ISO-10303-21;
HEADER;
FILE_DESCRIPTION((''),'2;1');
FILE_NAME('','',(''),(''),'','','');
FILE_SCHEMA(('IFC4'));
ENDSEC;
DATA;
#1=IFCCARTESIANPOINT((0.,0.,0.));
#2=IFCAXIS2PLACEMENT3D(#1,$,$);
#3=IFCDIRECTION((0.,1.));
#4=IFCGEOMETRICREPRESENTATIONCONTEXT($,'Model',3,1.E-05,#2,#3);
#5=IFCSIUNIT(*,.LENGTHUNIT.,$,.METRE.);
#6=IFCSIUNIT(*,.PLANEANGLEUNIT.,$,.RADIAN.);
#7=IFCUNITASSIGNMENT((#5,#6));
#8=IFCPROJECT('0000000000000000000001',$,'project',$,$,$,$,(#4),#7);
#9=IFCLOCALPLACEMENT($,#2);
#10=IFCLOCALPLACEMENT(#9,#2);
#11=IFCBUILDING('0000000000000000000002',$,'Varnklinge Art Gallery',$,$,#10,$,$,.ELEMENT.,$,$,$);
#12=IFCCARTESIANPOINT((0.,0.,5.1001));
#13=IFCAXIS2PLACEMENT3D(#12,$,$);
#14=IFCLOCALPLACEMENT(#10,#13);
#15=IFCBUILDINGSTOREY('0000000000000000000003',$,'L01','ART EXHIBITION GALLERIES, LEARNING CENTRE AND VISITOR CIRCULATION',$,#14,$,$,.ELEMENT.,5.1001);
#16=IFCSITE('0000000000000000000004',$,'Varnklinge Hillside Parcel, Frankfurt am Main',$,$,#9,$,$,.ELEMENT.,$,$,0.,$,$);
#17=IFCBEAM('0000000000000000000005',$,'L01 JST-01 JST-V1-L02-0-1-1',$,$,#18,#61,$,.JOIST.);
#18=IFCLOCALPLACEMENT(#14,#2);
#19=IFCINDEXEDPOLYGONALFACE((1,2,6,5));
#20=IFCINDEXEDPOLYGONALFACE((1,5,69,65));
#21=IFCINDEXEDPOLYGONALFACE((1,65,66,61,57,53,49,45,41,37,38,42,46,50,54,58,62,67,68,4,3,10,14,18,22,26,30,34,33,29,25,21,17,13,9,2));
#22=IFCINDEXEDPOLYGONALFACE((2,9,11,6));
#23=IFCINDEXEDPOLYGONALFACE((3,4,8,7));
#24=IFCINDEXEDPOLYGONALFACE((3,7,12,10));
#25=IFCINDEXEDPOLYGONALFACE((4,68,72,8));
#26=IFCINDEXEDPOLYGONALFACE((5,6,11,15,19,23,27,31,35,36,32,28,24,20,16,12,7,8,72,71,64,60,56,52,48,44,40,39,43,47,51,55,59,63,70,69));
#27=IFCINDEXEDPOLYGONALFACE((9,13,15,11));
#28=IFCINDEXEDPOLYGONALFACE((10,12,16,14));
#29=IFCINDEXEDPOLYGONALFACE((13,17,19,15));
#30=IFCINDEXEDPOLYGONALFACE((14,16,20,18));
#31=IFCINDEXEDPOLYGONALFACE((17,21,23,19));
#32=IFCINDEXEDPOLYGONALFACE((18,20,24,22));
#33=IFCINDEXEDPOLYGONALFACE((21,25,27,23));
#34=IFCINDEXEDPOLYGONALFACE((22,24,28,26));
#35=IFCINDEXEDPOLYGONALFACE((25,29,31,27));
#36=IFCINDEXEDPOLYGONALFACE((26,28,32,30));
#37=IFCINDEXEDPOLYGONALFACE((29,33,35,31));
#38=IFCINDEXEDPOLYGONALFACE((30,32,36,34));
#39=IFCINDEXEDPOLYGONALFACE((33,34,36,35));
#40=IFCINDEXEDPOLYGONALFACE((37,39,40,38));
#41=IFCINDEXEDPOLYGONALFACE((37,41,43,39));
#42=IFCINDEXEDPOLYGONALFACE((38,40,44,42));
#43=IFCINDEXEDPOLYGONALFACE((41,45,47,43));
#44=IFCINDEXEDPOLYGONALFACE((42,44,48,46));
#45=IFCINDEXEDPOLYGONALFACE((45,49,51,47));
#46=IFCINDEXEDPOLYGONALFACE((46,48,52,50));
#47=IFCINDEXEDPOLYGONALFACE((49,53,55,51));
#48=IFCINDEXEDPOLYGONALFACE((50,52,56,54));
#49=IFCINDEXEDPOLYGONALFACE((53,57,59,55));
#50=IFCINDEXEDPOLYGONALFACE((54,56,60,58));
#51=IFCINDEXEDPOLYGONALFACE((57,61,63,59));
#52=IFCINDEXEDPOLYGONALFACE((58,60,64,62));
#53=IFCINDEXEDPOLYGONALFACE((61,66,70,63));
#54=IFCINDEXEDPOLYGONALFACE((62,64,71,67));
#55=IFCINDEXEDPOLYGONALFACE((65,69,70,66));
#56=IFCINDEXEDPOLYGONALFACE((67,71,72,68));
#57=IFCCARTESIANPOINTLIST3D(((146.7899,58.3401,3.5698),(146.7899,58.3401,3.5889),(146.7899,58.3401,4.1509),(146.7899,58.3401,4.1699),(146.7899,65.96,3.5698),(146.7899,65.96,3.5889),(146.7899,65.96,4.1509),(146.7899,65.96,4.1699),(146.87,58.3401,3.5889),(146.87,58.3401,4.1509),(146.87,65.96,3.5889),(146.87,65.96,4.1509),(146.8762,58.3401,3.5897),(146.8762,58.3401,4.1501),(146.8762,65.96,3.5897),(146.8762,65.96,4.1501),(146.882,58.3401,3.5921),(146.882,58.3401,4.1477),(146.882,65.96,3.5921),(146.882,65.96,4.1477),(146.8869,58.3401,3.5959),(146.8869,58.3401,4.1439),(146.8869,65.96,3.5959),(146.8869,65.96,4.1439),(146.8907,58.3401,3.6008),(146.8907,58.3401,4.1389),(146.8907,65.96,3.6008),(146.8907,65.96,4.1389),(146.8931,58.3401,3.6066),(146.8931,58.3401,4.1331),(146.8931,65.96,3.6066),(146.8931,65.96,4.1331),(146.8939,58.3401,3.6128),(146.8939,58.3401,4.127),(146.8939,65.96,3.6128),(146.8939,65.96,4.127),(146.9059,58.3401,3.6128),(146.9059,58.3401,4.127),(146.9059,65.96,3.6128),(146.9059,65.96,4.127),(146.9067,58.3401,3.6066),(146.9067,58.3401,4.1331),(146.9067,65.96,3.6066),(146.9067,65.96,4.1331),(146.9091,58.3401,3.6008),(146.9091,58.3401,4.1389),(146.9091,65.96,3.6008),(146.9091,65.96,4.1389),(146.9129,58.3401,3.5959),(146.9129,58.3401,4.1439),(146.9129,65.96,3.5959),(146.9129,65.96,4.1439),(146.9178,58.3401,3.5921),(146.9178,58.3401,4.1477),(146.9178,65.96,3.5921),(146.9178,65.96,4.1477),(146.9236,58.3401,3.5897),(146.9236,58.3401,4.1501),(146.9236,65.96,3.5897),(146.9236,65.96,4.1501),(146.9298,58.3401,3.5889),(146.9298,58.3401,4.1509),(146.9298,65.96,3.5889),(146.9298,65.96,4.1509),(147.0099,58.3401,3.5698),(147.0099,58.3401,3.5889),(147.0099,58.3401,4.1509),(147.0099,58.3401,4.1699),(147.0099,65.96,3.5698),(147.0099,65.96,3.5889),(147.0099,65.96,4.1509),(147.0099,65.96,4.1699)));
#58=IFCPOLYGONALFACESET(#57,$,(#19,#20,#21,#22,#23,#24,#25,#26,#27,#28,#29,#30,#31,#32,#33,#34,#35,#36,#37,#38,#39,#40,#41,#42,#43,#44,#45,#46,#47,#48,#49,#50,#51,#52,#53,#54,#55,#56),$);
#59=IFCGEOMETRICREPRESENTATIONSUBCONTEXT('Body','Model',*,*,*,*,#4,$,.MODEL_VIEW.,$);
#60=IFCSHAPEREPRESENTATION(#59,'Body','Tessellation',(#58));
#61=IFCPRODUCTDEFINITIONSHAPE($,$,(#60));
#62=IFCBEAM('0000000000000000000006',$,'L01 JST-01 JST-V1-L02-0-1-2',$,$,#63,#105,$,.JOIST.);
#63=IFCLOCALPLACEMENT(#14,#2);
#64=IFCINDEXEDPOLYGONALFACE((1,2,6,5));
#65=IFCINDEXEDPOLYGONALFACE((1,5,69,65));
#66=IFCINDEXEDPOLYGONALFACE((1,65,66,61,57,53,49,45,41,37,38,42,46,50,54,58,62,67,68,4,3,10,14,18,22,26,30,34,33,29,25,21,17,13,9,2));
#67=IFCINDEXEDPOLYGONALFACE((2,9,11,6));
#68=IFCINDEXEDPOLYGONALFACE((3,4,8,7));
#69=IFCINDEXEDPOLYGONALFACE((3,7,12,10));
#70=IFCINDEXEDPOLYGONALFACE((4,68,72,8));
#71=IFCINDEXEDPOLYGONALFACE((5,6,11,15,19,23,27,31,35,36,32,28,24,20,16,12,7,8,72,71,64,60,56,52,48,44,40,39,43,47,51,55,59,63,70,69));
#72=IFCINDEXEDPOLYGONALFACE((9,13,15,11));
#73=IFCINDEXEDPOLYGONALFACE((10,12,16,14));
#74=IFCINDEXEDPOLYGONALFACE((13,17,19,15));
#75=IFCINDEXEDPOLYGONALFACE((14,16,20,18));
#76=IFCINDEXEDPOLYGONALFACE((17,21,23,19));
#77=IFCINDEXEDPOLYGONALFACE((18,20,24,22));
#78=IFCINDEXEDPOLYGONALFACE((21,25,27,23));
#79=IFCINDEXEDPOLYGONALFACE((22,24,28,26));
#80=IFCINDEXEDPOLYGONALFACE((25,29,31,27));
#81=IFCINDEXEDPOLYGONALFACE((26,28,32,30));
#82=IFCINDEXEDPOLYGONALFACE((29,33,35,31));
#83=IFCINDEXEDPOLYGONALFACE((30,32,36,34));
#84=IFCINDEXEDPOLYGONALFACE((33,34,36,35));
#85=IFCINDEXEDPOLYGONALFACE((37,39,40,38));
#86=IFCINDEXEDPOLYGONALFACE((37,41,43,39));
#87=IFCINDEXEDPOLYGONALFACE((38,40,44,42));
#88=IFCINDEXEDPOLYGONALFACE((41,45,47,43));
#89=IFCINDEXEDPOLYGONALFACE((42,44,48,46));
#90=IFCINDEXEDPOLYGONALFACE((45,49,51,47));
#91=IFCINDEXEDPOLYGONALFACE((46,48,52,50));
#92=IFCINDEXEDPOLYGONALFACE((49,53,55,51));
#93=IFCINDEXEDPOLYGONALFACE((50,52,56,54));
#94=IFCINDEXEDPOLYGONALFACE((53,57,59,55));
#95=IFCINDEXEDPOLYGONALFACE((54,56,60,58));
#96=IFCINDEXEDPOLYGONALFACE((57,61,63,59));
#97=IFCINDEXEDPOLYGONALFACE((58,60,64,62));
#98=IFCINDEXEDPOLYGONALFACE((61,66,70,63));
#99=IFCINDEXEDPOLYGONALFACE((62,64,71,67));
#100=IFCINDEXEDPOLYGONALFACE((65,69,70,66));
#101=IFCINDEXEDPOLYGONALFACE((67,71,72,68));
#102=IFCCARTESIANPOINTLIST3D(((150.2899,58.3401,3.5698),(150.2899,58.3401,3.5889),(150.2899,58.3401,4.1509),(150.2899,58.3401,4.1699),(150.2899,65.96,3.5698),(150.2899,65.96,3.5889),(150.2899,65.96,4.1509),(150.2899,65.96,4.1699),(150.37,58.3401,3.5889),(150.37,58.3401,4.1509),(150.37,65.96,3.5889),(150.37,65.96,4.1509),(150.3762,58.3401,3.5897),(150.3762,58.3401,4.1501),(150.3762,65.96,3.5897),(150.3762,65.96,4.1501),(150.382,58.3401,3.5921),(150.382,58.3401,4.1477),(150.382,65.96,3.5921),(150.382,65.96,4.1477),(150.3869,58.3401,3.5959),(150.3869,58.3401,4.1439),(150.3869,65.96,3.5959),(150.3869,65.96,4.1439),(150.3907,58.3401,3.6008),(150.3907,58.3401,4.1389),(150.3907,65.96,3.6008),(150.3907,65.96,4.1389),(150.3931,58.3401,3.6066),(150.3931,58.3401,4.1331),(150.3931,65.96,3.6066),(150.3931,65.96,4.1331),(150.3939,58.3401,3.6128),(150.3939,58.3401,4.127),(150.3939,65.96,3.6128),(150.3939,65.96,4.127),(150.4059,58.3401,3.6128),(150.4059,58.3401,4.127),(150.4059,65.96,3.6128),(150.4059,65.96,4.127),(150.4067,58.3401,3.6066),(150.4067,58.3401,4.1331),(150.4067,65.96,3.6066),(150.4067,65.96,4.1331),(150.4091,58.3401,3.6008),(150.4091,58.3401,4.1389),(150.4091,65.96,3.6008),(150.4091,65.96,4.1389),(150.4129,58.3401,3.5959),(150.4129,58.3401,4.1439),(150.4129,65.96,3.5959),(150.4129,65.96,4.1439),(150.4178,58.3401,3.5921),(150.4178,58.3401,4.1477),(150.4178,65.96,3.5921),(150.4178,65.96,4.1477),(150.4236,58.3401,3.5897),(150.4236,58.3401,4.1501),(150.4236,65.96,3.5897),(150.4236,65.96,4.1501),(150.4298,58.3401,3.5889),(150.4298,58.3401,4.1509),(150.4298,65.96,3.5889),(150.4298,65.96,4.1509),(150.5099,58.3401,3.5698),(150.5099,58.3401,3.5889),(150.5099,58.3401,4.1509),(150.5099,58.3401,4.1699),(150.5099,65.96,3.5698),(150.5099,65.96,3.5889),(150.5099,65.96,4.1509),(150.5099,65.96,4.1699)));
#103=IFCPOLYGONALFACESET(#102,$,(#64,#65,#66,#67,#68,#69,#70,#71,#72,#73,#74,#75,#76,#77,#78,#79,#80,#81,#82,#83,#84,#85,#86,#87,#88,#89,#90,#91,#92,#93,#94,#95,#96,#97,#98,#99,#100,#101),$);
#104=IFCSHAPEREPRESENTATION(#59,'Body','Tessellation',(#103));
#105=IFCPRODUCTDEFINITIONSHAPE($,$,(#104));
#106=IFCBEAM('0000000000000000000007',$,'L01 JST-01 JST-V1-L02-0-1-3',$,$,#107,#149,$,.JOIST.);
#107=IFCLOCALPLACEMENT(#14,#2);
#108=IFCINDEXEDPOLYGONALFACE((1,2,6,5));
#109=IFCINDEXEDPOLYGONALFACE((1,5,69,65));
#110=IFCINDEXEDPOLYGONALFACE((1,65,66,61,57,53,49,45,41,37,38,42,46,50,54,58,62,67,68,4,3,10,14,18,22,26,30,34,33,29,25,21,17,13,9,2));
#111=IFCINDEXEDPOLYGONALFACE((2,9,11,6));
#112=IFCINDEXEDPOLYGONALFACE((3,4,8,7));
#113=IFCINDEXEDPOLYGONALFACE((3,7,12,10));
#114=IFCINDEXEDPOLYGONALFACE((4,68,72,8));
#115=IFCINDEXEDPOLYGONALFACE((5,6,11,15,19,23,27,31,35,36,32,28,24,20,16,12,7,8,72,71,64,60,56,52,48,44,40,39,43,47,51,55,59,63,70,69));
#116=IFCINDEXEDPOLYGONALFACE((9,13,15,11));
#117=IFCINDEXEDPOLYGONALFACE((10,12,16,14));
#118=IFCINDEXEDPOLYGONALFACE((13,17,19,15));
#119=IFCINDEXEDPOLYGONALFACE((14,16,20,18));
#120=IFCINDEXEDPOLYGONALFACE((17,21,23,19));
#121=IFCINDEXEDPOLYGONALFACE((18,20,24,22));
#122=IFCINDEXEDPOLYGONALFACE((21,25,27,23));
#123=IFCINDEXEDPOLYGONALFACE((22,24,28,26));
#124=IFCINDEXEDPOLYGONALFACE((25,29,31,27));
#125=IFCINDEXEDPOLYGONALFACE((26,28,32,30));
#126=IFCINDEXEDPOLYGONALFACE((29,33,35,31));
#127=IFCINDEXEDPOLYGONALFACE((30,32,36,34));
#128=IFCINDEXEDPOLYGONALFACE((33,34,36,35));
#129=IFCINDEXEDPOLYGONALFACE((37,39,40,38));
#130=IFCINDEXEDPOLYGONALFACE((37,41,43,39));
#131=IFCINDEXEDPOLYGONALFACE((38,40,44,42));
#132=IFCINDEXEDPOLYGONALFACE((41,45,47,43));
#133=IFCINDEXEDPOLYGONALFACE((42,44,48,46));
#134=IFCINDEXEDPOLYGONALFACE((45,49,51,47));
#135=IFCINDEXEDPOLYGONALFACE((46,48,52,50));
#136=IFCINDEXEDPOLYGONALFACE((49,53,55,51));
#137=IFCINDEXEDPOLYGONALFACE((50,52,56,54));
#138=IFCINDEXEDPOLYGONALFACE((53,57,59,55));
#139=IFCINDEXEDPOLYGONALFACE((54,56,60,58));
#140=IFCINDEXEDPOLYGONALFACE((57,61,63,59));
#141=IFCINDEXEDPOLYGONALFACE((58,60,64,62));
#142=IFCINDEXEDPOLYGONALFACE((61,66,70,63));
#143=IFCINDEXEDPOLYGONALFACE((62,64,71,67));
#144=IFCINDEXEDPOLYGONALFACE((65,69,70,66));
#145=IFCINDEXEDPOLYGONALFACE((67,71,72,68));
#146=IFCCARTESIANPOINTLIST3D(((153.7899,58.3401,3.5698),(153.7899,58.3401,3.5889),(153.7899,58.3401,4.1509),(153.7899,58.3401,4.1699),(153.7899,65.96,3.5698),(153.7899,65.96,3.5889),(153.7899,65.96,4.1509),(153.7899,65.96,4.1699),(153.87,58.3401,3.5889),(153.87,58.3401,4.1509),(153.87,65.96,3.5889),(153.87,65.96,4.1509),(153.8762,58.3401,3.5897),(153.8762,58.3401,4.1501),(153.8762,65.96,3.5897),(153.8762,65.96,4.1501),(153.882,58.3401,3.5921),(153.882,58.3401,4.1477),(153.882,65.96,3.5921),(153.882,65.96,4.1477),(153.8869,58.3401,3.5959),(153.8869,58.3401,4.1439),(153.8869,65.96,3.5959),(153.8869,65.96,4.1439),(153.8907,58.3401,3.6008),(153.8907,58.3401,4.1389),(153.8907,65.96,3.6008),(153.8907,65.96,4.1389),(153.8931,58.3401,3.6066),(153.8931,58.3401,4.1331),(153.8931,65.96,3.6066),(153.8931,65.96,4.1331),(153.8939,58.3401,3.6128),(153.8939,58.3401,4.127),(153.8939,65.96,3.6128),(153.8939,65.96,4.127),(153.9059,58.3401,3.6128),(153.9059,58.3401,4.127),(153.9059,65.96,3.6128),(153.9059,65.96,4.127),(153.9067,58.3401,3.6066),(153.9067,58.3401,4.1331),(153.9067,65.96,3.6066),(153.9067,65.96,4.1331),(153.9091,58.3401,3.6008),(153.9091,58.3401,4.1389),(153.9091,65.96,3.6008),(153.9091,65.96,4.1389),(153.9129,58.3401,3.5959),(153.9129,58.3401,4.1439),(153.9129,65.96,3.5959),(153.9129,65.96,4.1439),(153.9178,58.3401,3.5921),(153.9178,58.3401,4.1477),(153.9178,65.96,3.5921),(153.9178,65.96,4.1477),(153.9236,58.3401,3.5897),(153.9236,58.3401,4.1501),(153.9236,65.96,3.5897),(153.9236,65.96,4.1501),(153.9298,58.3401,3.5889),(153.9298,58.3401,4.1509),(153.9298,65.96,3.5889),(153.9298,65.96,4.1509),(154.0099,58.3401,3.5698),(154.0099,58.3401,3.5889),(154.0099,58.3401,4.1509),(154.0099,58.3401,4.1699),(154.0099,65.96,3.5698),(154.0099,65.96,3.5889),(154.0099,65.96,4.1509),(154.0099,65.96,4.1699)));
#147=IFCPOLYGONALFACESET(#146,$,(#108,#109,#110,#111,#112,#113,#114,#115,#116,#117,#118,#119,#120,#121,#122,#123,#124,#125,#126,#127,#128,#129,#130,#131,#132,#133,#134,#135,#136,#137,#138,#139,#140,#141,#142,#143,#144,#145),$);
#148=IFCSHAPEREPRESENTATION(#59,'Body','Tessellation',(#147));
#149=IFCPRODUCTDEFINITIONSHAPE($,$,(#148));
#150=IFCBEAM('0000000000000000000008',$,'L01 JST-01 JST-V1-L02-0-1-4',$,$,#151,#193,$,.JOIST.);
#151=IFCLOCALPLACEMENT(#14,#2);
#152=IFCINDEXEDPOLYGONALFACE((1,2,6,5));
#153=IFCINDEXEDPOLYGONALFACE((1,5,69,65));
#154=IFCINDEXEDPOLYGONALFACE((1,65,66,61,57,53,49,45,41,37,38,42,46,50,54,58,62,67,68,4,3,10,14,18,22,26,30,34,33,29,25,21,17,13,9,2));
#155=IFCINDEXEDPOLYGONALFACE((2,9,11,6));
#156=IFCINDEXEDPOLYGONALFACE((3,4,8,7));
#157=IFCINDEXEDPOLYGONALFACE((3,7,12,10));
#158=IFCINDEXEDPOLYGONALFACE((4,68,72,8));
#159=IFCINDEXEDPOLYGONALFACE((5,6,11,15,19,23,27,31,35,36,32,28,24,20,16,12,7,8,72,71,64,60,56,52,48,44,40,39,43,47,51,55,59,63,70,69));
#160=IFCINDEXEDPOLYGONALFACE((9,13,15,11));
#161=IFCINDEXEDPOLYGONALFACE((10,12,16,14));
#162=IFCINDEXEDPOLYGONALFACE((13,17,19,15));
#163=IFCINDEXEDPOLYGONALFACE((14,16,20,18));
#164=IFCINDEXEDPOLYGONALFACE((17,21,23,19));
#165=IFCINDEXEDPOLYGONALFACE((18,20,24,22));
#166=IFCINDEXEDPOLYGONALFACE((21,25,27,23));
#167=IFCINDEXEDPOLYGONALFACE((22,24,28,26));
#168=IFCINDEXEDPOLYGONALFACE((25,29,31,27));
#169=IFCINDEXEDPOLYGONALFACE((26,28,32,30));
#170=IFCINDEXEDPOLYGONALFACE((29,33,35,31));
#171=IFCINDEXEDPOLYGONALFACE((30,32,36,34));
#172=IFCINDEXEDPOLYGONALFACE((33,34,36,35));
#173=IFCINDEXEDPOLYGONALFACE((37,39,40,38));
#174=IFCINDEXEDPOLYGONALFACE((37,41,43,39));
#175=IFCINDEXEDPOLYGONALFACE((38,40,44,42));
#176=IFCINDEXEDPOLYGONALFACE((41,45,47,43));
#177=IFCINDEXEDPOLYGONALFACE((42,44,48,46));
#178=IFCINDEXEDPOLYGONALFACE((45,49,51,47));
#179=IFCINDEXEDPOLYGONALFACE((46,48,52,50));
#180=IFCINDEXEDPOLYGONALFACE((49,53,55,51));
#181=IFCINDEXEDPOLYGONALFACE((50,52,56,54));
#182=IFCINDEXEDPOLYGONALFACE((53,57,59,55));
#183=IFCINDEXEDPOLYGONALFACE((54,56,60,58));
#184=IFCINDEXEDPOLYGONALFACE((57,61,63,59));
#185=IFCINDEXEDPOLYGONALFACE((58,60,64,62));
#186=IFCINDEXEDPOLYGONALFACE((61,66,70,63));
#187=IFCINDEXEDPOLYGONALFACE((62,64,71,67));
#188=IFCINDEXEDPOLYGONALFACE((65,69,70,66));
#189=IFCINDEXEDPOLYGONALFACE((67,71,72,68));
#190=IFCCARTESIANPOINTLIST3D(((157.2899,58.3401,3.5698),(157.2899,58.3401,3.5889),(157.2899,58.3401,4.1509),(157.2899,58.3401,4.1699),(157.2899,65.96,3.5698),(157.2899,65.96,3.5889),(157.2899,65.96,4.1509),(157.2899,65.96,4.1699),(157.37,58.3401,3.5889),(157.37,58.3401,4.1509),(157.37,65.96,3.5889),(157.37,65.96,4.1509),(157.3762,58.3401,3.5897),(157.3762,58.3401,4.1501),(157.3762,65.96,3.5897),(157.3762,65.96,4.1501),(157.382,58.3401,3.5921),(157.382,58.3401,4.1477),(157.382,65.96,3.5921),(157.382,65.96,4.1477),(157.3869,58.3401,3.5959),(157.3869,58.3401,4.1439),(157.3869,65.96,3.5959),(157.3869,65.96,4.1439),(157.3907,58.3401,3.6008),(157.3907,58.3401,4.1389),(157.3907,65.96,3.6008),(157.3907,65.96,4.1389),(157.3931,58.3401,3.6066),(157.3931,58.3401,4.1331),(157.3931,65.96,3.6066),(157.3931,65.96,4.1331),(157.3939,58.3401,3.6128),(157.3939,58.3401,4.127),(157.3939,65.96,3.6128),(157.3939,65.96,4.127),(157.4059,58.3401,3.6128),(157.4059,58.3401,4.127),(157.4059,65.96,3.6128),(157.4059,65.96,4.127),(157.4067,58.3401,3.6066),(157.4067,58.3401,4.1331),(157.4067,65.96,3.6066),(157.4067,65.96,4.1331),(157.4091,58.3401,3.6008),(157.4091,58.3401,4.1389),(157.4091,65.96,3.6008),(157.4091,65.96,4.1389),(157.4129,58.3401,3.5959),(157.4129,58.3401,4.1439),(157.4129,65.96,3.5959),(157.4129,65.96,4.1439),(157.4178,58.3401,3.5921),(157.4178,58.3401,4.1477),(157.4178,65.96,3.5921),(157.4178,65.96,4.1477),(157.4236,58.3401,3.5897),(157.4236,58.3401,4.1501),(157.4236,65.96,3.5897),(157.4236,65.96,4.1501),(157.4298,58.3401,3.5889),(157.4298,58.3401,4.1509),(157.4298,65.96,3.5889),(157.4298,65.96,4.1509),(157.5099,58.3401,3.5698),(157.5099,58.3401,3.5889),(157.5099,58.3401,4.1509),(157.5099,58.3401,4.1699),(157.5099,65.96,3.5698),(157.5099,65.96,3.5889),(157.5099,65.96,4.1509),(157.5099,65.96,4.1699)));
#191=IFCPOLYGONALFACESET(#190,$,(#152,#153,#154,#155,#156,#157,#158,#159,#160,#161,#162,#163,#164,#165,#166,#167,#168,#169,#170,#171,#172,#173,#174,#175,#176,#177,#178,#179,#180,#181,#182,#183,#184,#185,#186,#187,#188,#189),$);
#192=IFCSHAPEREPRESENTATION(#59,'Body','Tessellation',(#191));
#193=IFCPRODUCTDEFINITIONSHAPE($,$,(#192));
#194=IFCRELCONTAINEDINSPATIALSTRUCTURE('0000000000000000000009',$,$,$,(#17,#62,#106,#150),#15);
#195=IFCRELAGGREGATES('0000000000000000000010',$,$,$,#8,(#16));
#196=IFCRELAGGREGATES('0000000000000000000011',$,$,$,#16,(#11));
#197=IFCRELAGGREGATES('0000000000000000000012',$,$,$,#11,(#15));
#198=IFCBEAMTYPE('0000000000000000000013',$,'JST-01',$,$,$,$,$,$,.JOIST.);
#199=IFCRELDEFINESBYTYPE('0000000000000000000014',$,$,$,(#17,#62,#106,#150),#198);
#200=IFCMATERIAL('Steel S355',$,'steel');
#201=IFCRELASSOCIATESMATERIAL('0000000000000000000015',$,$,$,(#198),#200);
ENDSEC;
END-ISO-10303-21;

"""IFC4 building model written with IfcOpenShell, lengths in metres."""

from ifc_helpers import new_model, si_unit, direction, frame, origin, origin_2d, place, context, subcontext, project, spatial, i_section, extrude, material, material_profile, profile_set, type_object, element, save


model = new_model("IFC4")

# Units and contexts
model_context = context("Model", 3, precision=1e-05, world=origin(), true_north=direction((0.0, 1.0)))
body_context = subcontext(model_context, "Body", "Model", "MODEL_VIEW")
ifc_project = project(units=[si_unit("LENGTHUNIT", "METRE"), si_unit("PLANEANGLEUNIT", "RADIAN")], contexts=[model_context])

# Site, building, storey
site_placement = place(None, origin())
site = spatial("IfcSite", under=ifc_project, at=site_placement, Name="Varnklinge Hillside Parcel, Frankfurt am Main", CompositionType="ELEMENT", RefElevation=0.0)
building_placement = place(site_placement, origin())
building = spatial("IfcBuilding", under=site, at=building_placement, Name="Varnklinge Art Gallery", CompositionType="ELEMENT")
storey_placement = place(building_placement, frame((0.0, 0.0, 5.1001)))
storey = spatial("IfcBuildingStorey", under=building, at=storey_placement, Name="L01", Description="ART EXHIBITION GALLERIES, LEARNING CENTRE AND VISITOR CIRCULATION", CompositionType="ELEMENT", Elevation=5.1001)

# Beams
ifc_material_1 = material(Name="Steel S355", Category="steel")
ifc_material_profile_1 = material_profile(ifc_material_1, i_section(OverallWidth=0.22, OverallDepth=0.6001, WebThickness=0.012, FlangeThickness=0.019, FilletRadius=0.0239, at=origin_2d()), Name="IPE 600")
ifc_profile_set_1 = profile_set([ifc_material_profile_1], Name="Steel S355")
beam_type_1 = type_object("IfcBeamType", Name="JST-01", PredefinedType="JOIST", material=ifc_profile_set_1)
for number, where, z_axis, x_axis, name in (
    (1, (146.8999, 58.3401, 3.8699), (0.0, 1.0, 0.0), (-1.0, 0.0, 0.0), "L01 JST-01 JST-V1-L02-0-1-1"),
    (2, (150.3999, 58.3401, 3.8699), (0.0, 1.0, 0.0), (-1.0, 0.0, 0.0), "L01 JST-01 JST-V1-L02-0-1-2"),
    (3, (153.8999, 58.3401, 3.8699), (0.0, 1.0, 0.0), (-1.0, 0.0, 0.0), "L01 JST-01 JST-V1-L02-0-1-3"),
    (4, (157.3999, 58.3401, 3.8699), (0.0, 1.0, 0.0), (-1.0, 0.0, 0.0), "L01 JST-01 JST-V1-L02-0-1-4"),
):
    element("IfcBeam", number, at=place(storey_placement, frame(where, z_axis=z_axis, x_axis=x_axis)), inside=storey, type_object=beam_type_1, Name=name, PredefinedType="JOIST", context=body_context, shape_type="SweptSolid", body=[
        extrude(i_section(OverallWidth=0.22, OverallDepth=0.6001, WebThickness=0.012, FlangeThickness=0.019, FilletRadius=0.0239, at=origin_2d()), origin(), (0.0, 0.0, 1.0), 7.6199),
    ])

save(model, "model.ifc")
